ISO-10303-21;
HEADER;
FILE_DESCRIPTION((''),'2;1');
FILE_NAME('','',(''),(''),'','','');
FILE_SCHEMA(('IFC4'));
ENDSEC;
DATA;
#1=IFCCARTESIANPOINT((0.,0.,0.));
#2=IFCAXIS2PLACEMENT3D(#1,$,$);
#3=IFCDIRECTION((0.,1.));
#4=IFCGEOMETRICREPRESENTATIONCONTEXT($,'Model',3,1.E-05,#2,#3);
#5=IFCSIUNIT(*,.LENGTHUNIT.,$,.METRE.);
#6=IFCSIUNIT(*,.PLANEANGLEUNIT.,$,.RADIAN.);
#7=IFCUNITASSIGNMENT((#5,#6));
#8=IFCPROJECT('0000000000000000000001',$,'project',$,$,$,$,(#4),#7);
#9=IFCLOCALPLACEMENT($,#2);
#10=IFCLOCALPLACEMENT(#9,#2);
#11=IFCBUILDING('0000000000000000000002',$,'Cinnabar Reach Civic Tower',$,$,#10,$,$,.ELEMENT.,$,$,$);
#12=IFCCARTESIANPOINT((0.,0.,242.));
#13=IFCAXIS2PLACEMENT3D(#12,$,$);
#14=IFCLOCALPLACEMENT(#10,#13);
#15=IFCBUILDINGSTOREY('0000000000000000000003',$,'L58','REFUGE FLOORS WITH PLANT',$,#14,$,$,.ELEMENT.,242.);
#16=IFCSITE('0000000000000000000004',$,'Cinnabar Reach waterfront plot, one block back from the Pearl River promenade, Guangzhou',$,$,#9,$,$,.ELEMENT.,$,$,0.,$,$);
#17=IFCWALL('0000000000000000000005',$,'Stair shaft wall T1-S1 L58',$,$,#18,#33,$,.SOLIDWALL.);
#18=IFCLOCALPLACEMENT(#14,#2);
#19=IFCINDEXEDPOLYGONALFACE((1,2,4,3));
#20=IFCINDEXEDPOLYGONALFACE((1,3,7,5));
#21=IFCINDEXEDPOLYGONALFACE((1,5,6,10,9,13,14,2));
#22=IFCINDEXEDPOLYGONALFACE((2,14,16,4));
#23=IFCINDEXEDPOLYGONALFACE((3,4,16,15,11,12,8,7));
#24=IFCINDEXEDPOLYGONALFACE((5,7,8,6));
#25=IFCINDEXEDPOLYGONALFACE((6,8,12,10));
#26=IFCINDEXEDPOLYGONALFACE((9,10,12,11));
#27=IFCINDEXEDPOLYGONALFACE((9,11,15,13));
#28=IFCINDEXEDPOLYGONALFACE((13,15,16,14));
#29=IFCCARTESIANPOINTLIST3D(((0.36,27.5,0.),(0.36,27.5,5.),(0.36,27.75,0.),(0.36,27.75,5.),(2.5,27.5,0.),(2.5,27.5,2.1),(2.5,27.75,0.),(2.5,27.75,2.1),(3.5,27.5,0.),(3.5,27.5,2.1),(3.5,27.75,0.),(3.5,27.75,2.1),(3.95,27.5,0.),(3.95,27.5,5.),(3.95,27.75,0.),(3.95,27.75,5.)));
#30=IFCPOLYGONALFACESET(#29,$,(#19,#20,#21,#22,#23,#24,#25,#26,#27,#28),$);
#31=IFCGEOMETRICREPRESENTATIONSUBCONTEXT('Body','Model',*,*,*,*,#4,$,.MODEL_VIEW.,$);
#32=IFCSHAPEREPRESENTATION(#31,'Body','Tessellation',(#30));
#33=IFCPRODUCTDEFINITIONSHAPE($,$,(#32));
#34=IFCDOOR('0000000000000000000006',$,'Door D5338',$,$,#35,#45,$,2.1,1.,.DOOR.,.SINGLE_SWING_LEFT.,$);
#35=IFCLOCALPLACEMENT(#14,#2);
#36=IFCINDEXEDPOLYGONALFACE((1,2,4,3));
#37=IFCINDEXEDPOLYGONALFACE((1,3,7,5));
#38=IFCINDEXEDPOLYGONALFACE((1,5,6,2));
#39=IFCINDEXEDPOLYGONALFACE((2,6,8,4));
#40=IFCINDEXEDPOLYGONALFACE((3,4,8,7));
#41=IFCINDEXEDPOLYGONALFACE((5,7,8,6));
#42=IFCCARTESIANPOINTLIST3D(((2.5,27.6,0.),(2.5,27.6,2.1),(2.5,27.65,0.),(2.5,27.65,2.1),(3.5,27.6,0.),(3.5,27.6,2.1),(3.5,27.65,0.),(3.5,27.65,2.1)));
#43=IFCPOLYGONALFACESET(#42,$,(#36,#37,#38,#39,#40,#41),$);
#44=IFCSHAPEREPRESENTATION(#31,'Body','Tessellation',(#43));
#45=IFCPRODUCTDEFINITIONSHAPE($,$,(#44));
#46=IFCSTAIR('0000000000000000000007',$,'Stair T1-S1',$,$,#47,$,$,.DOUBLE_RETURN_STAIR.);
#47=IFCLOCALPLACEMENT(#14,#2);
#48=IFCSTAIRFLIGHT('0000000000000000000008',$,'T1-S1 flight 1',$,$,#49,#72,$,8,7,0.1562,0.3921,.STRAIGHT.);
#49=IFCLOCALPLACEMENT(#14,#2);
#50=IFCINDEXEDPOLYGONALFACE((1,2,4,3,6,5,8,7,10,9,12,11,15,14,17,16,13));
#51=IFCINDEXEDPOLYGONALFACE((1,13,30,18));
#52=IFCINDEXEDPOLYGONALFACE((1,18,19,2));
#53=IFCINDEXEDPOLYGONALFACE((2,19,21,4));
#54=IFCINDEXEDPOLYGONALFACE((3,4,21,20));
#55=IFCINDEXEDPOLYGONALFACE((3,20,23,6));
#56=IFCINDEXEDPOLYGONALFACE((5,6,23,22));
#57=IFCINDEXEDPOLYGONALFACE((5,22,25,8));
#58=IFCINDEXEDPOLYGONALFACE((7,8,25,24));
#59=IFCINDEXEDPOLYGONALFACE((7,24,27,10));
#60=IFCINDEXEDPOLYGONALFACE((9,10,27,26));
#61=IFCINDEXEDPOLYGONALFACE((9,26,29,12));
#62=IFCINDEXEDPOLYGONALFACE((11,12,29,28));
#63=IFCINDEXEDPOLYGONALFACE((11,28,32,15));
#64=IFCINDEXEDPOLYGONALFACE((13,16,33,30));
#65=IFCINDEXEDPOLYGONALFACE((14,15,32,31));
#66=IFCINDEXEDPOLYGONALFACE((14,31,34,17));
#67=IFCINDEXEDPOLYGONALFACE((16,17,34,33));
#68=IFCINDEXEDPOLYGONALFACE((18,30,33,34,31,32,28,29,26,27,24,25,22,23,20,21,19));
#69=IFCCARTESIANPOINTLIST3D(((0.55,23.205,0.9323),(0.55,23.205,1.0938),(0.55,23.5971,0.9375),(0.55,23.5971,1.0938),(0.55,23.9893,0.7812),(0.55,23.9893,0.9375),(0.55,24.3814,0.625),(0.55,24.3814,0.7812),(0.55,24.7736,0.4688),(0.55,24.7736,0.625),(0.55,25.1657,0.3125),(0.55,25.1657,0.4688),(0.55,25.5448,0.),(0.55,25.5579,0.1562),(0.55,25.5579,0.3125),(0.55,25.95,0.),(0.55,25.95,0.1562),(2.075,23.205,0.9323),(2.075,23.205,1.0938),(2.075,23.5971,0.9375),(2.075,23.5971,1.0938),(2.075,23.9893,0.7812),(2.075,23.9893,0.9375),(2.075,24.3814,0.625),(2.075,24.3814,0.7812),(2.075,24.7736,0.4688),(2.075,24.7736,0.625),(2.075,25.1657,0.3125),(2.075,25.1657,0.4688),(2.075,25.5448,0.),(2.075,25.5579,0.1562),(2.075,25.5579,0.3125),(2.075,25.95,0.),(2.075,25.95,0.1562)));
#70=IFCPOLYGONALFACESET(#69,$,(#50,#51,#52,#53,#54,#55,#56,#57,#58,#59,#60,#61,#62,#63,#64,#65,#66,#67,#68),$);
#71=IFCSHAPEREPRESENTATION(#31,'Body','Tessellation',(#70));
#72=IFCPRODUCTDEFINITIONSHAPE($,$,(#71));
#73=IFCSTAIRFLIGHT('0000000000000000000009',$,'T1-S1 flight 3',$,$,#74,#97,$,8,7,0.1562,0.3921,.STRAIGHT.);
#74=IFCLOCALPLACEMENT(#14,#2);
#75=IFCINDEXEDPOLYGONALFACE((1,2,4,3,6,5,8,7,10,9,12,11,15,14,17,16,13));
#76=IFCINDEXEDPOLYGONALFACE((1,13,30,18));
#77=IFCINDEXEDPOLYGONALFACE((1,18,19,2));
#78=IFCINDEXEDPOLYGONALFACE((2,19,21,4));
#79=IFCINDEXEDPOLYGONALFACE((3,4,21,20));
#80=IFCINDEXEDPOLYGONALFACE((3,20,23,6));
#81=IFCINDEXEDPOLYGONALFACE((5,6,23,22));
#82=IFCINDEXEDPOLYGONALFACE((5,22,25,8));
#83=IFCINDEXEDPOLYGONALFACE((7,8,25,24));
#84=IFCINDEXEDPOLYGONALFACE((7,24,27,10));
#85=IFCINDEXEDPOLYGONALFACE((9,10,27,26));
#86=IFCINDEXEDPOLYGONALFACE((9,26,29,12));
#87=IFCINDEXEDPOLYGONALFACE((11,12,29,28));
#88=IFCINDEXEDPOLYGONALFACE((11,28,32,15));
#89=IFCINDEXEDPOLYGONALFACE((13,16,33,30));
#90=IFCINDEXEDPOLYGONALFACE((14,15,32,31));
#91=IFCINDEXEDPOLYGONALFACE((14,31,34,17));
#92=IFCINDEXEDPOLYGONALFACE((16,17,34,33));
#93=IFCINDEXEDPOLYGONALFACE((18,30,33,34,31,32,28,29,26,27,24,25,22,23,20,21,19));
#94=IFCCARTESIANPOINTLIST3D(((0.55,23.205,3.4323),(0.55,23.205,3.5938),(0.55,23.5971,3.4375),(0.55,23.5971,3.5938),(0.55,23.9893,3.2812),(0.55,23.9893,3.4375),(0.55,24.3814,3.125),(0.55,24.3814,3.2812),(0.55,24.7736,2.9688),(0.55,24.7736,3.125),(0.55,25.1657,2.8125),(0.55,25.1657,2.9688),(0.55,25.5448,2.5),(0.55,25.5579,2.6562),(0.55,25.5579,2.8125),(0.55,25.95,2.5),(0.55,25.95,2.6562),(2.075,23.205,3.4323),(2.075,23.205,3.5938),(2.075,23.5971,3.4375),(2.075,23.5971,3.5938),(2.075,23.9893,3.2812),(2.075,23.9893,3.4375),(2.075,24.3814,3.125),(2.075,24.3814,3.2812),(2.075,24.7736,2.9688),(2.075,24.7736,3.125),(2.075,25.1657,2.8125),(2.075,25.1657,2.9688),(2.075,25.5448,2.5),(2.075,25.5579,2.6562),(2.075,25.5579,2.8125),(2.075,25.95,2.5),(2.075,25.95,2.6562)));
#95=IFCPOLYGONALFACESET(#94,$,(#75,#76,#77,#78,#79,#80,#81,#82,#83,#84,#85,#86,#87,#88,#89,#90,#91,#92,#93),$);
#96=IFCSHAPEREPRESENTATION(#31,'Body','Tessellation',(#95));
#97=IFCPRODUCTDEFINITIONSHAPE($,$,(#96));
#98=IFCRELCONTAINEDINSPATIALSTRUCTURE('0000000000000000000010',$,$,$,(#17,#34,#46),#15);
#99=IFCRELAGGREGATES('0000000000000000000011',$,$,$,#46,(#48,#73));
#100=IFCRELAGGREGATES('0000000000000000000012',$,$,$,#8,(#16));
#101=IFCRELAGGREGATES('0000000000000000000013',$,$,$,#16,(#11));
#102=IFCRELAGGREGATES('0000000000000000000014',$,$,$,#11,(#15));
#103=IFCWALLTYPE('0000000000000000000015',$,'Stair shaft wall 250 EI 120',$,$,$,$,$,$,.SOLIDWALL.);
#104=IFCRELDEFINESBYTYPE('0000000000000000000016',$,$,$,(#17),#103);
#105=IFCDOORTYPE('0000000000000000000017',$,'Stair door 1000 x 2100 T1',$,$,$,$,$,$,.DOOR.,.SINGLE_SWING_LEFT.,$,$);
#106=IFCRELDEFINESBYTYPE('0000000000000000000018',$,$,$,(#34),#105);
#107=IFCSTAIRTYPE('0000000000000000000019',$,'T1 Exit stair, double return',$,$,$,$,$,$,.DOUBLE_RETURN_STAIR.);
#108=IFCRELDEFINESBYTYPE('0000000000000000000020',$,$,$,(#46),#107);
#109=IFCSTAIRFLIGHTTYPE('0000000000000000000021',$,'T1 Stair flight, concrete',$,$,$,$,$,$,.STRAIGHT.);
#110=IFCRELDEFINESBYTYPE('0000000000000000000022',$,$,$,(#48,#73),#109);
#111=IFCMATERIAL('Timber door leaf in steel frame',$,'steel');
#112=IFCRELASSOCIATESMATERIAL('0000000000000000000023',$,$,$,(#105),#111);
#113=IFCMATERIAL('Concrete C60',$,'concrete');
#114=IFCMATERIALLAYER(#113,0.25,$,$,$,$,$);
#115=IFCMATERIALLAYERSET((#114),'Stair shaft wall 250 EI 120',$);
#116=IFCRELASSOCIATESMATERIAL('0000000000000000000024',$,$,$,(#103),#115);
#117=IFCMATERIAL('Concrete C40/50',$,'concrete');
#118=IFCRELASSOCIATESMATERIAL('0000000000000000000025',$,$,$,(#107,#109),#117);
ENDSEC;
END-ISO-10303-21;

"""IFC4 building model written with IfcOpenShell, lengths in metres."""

from ifc_helpers import new_model, si_unit, direction, frame, frame_2d, origin, place, context, subcontext, project, spatial, polyline, rectangle, outline, extrude, material, layer, layer_set, type_object, element, fill, aggregate, save


model = new_model("IFC4")

# Units and contexts
model_context = context("Model", 3, precision=1e-05, world=origin(), true_north=direction((0.0, 1.0)))
body_context = subcontext(model_context, "Body", "Model", "MODEL_VIEW")
ifc_project = project(units=[si_unit("LENGTHUNIT", "METRE"), si_unit("PLANEANGLEUNIT", "RADIAN")], contexts=[model_context])

# Site, building, storey
site_placement = place(None, origin())
site = spatial("IfcSite", under=ifc_project, at=site_placement, Name="Cinnabar Reach waterfront plot, one block back from the Pearl River promenade, Guangzhou", CompositionType="ELEMENT", RefElevation=0.0)
building_placement = place(site_placement, origin())
building = spatial("IfcBuilding", under=site, at=building_placement, Name="Cinnabar Reach Civic Tower", CompositionType="ELEMENT")
storey_placement = place(building_placement, frame((0.0, 0.0, 242.0)))
storey = spatial("IfcBuildingStorey", under=building, at=storey_placement, Name="L58", Description="REFUGE FLOORS WITH PLANT", CompositionType="ELEMENT", Elevation=242.0)

# Shared definitions
ifc_material_1 = material(Name="Concrete C60", Category="concrete")

# Shared definitions
ifc_material_2 = material(Name="Timber door leaf in steel frame", Category="steel")
door_type_1 = type_object("IfcDoorType", Name="Stair door 1000 x 2100 T1", OperationType="SINGLE_SWING_LEFT", PredefinedType="DOOR", material=ifc_material_2)

# Wall, opening, door
ifc_layer_1 = layer(ifc_material_1, 0.25)
ifc_layer_set_1 = layer_set([ifc_layer_1], Name="Stair shaft wall 250 EI 120")
wall_type_1 = type_object("IfcWallType", Name="Stair shaft wall 250 EI 120", PredefinedType="SOLIDWALL", material=ifc_layer_set_1)
wall_1_placement = place(storey_placement, frame((3.95, 27.625, 0.0), z_axis=(0.0, 0.0, 1.0), x_axis=(-1.0, 0.0, 0.0)))
wall_1 = element("IfcWall", 1, at=wall_1_placement, inside=storey, type_object=wall_type_1, Name="Stair shaft wall T1-S1 L58", PredefinedType="SOLIDWALL", context=body_context, shape_type="SweptSolid", body=[
    extrude(rectangle(XDim=3.59, YDim=0.25, at=frame_2d((1.795, 0.0))), origin(), (0.0, 0.0, 1.0), 5.0),
])
opening_1_placement = place(wall_1_placement, frame((0.45, 0.0, 0.0)))
opening_1 = element("IfcOpeningElement", 2, at=opening_1_placement, cuts=wall_1, PredefinedType="OPENING", context=body_context, shape_type="SweptSolid", body=[
    extrude(rectangle(XDim=1.0, YDim=2.1, at=frame_2d((0.5, 1.05))), frame((0.0, 0.135, 0.0), z_axis=(0.0, -1.0, 0.0), x_axis=(1.0, 0.0, 0.0)), (0.0, 0.0, 1.0), 0.27),
])
door_1_placement = place(opening_1_placement, origin())
door_1 = element("IfcDoor", 3, at=door_1_placement, inside=storey, type_object=door_type_1, Name="Door D5338", OperationType="SINGLE_SWING_LEFT", OverallHeight=2.1, OverallWidth=1.0, PredefinedType="DOOR", context=body_context, shape_type="SweptSolid", body=[
    extrude(rectangle(XDim=1.0, YDim=2.1, at=frame_2d((0.5, 1.05))), frame((0.0, 0.025, 0.0), z_axis=(0.0, -1.0, 0.0), x_axis=(1.0, 0.0, 0.0)), (0.0, 0.0, 1.0), 0.05),
])
fill(opening_1, door_1)

# Stair, stair flights
ifc_material_3 = material(Name="Concrete C40/50", Category="concrete")
stair_type = type_object("IfcStairType", Name="T1 Exit stair, double return", PredefinedType="DOUBLE_RETURN_STAIR", material=ifc_material_3)
stair_placement = place(storey_placement, origin())
stair = element("IfcStair", 4, at=stair_placement, inside=storey, type_object=stair_type, Name="Stair T1-S1", PredefinedType="DOUBLE_RETURN_STAIR")
stair_flight_type = type_object("IfcStairFlightType", Name="T1 Stair flight, concrete", PredefinedType="STRAIGHT", material=ifc_material_3)
stair_flight_1_placement = place(storey_placement, frame((1.3125, 25.95, 0.0), z_axis=(0.0, 0.0, 1.0), x_axis=(0.0, -1.0, 0.0)))
stair_flight_1 = element("IfcStairFlight", 5, at=stair_flight_1_placement, type_object=stair_flight_type, Name="T1-S1 flight 1", NumberOfRisers=8, NumberOfTreads=7, PredefinedType="STRAIGHT", RiserHeight=0.1562, TreadLength=0.3921, context=body_context, shape_type="SweptSolid", body=[
    extrude(outline(polyline([(0.0, 0.0), (0.0, 0.1562), (0.3921, 0.1562), (0.3921, 0.3125), (0.7843, 0.3125), (0.7843, 0.4688), (1.1764, 0.4688), (1.1764, 0.625), (1.5686, 0.625), (1.5686, 0.7812), (1.9607, 0.7812), (1.9607, 0.9375), (2.3529, 0.9375), (2.3529, 1.0938), (2.745, 1.0938), (2.745, 1.25), (2.745, 0.9323), (0.4052, 0.0), (0.0, 0.0)])), frame((0.0, 0.7625, 0.0), z_axis=(0.0, -1.0, 0.0), x_axis=(1.0, 0.0, 0.0)), (0.0, 0.0, 1.0), 1.525),
])
stair_flight_2_placement = place(storey_placement, frame((1.3125, 25.95, 2.5), z_axis=(0.0, 0.0, 1.0), x_axis=(0.0, -1.0, 0.0)))
stair_flight_2 = element("IfcStairFlight", 6, at=stair_flight_2_placement, type_object=stair_flight_type, Name="T1-S1 flight 3", NumberOfRisers=8, NumberOfTreads=7, PredefinedType="STRAIGHT", RiserHeight=0.1562, TreadLength=0.3921, context=body_context, shape_type="SweptSolid", body=[
    extrude(outline(polyline([(0.0, 0.0), (0.0, 0.1562), (0.3921, 0.1562), (0.3921, 0.3125), (0.7843, 0.3125), (0.7843, 0.4688), (1.1764, 0.4688), (1.1764, 0.625), (1.5686, 0.625), (1.5686, 0.7812), (1.9607, 0.7812), (1.9607, 0.9375), (2.3529, 0.9375), (2.3529, 1.0938), (2.745, 1.0938), (2.745, 1.25), (2.745, 0.9323), (0.4052, 0.0), (0.0, 0.0)])), frame((0.0, 0.7625, 0.0), z_axis=(0.0, -1.0, 0.0), x_axis=(1.0, 0.0, 0.0)), (0.0, 0.0, 1.0), 1.525),
])
aggregate(stair, [stair_flight_1, stair_flight_2])

save(model, "model.ifc")
